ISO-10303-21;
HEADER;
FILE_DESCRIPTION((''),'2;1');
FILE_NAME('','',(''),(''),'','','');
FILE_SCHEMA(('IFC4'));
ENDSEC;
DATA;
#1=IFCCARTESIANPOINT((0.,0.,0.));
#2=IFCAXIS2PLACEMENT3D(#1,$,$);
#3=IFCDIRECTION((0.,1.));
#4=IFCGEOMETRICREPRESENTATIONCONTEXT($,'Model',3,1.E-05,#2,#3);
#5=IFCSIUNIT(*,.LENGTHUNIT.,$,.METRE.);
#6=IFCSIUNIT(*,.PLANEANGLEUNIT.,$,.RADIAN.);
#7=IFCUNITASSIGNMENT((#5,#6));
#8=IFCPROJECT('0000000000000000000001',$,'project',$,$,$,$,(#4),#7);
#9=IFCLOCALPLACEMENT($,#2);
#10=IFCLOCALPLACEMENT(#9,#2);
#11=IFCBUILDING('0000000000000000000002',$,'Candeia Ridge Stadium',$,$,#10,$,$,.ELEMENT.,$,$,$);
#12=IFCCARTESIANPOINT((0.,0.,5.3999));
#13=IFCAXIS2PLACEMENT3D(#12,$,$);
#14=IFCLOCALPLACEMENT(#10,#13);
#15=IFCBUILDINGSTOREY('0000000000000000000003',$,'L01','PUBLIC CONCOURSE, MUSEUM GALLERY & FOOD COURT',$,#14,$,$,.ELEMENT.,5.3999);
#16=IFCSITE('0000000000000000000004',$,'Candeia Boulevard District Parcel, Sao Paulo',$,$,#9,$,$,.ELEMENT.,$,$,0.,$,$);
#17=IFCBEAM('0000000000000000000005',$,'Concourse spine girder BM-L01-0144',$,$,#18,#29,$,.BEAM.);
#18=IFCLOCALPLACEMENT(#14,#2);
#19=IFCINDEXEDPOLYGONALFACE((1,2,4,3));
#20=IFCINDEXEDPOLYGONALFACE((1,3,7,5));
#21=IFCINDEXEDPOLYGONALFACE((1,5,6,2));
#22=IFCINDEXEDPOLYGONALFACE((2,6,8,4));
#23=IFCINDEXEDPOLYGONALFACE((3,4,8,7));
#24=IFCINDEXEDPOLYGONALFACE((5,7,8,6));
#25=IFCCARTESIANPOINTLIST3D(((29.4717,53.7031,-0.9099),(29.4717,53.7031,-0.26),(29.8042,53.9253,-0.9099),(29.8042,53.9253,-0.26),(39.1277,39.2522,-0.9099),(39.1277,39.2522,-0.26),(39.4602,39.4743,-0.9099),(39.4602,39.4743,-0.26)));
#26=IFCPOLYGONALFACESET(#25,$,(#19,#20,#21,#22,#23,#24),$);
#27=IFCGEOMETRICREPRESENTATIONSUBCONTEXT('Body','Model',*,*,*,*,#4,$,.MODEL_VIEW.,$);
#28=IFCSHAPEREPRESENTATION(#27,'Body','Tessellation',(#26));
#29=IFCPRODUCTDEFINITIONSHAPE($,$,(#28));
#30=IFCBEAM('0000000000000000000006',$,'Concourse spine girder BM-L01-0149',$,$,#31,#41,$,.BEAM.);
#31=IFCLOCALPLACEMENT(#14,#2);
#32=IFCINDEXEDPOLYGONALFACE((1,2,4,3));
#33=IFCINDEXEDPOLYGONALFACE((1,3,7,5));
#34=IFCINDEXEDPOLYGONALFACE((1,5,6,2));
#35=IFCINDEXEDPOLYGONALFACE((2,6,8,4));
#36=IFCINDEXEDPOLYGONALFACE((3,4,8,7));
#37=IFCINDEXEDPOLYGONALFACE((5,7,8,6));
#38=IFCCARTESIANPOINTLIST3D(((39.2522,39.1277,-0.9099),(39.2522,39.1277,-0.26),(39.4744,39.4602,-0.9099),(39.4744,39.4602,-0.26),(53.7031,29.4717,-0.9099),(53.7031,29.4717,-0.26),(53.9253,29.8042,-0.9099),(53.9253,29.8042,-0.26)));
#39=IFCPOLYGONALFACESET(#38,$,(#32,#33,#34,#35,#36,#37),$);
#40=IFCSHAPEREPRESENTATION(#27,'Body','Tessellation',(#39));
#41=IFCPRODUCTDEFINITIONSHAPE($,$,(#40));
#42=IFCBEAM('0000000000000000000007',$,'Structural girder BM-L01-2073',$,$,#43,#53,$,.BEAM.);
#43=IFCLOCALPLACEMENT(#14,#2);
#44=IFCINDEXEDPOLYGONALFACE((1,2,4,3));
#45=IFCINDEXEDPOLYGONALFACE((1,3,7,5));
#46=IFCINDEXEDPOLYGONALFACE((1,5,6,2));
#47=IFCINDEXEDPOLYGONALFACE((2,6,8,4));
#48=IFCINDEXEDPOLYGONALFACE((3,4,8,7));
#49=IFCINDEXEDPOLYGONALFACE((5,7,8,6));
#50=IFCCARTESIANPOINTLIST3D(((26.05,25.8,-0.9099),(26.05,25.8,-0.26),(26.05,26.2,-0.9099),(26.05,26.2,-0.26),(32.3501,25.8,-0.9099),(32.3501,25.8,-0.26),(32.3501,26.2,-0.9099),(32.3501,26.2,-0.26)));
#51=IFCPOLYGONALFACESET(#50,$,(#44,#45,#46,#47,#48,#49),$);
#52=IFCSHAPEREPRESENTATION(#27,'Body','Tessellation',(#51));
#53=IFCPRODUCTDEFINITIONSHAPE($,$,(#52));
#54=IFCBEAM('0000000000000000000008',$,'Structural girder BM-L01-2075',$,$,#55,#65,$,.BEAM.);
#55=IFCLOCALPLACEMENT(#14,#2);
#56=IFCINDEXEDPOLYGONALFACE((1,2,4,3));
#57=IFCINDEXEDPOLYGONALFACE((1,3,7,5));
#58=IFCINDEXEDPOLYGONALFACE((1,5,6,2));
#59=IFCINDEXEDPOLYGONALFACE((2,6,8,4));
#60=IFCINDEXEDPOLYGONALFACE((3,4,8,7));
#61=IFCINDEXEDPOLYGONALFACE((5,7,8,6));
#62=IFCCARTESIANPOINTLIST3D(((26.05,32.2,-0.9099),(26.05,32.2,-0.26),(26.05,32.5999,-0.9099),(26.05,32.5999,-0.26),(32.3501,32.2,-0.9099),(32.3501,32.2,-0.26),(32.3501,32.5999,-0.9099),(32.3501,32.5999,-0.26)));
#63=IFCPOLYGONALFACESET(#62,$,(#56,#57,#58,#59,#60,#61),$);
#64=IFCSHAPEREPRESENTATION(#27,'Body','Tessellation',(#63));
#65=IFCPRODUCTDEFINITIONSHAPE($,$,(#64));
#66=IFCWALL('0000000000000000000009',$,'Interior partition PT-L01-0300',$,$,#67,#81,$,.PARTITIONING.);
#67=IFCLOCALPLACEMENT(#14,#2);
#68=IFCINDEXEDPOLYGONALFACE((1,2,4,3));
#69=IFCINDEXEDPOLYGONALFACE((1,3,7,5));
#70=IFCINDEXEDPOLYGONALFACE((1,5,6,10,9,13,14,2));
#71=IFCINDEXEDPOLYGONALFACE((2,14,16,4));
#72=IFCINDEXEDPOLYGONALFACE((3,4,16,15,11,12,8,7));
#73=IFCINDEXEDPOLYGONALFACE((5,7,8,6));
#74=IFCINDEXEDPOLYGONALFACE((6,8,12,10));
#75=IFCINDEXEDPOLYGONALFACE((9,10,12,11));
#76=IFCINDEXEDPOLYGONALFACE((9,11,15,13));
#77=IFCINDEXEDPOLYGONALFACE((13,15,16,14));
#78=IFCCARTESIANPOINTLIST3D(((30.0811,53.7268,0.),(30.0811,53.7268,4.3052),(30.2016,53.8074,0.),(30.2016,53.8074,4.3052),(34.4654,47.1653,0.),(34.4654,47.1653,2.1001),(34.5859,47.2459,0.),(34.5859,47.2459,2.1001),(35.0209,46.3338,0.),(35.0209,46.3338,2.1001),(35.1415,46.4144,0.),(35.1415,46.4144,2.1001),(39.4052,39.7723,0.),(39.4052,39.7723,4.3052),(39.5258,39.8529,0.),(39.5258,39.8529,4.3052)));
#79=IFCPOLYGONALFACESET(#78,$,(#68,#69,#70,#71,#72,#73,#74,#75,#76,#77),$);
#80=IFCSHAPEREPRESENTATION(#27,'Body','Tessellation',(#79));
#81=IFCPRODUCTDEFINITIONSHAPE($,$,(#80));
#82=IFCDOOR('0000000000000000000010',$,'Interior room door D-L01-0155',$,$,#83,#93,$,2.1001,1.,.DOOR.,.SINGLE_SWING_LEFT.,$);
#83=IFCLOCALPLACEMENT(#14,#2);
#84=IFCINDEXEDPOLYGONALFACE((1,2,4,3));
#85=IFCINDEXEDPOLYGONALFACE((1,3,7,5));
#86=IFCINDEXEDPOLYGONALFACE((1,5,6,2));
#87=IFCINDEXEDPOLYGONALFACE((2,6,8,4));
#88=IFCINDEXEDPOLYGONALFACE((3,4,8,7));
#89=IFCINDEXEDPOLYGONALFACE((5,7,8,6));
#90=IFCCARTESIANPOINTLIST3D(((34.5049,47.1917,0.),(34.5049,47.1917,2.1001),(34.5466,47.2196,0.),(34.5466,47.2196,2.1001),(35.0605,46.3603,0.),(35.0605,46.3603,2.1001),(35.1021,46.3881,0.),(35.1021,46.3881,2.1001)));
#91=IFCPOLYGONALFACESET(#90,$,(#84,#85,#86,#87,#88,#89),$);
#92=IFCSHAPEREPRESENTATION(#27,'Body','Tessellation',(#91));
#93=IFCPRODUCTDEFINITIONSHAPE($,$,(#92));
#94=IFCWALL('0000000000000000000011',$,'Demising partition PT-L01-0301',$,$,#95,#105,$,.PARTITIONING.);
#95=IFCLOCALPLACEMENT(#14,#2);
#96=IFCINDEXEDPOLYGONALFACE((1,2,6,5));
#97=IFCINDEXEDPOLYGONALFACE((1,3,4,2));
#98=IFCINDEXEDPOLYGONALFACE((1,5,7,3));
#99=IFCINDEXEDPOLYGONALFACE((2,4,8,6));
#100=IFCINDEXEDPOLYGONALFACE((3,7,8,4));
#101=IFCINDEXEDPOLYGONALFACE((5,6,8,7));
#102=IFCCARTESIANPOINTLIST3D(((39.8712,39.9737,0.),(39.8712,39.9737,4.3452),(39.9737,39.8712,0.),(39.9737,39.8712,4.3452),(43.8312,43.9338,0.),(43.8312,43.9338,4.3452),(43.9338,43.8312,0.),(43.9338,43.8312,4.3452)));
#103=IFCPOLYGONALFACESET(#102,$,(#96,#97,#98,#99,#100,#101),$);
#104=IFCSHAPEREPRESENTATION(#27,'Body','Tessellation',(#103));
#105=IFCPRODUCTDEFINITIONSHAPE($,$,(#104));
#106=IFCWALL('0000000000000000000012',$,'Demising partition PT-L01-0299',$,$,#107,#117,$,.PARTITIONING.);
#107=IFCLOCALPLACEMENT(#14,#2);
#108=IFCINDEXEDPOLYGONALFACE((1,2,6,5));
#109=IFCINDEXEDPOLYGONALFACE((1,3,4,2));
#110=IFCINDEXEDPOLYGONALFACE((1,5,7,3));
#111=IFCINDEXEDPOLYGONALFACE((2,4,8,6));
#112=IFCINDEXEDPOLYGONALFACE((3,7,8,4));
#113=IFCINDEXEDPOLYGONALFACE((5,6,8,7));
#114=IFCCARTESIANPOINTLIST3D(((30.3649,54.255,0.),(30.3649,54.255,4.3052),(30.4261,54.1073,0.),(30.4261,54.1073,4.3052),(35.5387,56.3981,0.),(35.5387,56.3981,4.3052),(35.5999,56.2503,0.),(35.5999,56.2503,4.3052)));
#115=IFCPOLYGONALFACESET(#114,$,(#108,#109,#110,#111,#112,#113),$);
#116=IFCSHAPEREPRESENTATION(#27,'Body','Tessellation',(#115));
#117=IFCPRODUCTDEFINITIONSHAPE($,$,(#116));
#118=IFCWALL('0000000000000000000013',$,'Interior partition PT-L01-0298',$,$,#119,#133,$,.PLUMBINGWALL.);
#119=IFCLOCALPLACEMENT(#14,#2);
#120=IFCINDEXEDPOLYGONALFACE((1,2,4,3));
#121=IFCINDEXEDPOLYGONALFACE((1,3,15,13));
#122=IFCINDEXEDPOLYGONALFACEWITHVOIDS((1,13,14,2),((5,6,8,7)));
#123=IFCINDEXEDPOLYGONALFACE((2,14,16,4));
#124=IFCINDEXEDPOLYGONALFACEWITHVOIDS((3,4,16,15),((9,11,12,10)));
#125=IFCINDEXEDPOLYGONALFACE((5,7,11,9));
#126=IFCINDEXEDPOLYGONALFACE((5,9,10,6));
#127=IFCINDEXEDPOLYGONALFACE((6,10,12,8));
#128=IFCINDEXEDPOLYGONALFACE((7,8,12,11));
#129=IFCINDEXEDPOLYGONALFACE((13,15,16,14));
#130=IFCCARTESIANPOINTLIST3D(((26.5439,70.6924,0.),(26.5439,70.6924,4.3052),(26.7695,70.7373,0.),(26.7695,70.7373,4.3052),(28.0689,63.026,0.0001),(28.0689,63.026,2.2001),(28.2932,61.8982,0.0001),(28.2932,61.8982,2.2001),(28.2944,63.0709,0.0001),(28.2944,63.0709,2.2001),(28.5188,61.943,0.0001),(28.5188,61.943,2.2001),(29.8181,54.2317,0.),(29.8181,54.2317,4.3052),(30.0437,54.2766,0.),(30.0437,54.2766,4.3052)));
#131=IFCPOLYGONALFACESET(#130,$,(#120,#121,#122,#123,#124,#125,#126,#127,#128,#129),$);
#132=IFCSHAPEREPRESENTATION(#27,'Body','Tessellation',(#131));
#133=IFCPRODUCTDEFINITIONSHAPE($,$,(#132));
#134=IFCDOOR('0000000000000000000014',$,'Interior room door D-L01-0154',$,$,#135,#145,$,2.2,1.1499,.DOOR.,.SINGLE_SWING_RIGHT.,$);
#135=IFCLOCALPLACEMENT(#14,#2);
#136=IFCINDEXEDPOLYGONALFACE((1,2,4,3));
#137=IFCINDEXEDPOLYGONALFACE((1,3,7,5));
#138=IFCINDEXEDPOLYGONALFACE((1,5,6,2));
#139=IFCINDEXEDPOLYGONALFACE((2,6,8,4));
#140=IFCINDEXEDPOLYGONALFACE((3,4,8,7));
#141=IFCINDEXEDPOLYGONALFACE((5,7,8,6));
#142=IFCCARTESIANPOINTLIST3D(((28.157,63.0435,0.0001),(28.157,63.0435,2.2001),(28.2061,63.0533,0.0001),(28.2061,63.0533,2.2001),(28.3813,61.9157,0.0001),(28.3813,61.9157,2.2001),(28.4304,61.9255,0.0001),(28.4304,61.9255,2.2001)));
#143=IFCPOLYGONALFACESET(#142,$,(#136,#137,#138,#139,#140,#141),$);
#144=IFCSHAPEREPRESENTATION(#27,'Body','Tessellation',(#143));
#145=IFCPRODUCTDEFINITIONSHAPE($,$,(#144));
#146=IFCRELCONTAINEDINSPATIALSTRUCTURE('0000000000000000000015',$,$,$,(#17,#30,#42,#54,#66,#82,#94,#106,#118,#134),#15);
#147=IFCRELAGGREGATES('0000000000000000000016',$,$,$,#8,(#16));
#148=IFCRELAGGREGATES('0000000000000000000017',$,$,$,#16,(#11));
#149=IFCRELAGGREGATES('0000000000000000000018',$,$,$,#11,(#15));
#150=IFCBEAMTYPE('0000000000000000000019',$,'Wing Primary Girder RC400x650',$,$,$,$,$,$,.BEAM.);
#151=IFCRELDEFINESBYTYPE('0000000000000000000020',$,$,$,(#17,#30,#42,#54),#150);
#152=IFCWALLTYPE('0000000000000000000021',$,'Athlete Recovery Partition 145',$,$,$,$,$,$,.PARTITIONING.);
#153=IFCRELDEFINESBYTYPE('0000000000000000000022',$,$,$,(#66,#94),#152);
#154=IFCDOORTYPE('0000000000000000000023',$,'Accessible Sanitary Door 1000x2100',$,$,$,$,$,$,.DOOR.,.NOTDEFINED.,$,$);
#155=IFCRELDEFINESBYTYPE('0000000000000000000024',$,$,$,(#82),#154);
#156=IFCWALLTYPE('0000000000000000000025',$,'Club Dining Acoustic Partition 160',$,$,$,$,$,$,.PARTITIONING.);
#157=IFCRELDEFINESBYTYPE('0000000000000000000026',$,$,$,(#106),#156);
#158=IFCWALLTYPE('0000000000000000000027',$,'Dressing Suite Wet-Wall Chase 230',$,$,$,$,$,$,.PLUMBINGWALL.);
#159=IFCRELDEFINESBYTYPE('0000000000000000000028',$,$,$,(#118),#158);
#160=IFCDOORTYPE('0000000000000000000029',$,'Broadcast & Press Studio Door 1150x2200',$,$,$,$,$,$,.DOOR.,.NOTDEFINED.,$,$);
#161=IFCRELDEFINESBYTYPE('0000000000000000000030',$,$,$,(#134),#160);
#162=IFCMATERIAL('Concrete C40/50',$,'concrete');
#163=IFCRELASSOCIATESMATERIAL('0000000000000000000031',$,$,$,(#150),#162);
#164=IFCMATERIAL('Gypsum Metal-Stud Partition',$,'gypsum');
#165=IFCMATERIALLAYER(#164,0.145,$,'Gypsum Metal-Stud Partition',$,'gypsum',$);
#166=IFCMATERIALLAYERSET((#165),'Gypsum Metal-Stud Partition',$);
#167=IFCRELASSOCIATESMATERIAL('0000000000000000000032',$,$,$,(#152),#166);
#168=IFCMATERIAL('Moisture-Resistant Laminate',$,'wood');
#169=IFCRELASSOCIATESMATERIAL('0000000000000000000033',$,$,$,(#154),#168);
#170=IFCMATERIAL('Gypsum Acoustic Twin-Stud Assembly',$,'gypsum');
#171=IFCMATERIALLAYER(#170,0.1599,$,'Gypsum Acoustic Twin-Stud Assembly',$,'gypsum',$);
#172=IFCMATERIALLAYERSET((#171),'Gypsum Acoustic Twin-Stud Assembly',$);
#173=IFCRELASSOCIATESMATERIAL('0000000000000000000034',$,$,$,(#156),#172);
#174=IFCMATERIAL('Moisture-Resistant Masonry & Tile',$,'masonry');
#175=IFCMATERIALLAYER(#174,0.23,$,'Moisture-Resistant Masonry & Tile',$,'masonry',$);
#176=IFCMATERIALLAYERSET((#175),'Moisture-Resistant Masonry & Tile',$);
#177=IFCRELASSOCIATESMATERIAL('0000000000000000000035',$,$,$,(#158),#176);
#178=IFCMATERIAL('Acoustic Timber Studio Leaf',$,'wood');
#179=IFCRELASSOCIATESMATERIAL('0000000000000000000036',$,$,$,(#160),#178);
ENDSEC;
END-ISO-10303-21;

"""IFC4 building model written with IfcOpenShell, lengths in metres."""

from ifc_helpers import new_model, si_unit, direction, frame, frame_2d, origin, origin_2d, place, context, subcontext, project, spatial, rectangle, extrude, material, layer, layer_set, material_profile, profile_set, type_object, element, fill, save


model = new_model("IFC4")

# Units and contexts
model_context = context("Model", 3, precision=1e-05, world=origin(), true_north=direction((0.0, 1.0)))
body_context = subcontext(model_context, "Body", "Model", "MODEL_VIEW")
ifc_project = project(units=[si_unit("LENGTHUNIT", "METRE"), si_unit("PLANEANGLEUNIT", "RADIAN")], contexts=[model_context])

# Site, building, storey
site_placement = place(None, origin())
site = spatial("IfcSite", under=ifc_project, at=site_placement, Name="Candeia Boulevard District Parcel, Sao Paulo", CompositionType="ELEMENT", RefElevation=0.0)
building_placement = place(site_placement, origin())
building = spatial("IfcBuilding", under=site, at=building_placement, Name="Candeia Ridge Stadium", CompositionType="ELEMENT")
storey_placement = place(building_placement, frame((0.0, 0.0, 5.3999)))
storey = spatial("IfcBuildingStorey", under=building, at=storey_placement, Name="L01", Description="PUBLIC CONCOURSE, MUSEUM GALLERY & FOOD COURT", CompositionType="ELEMENT", Elevation=5.3999)

# Shared definitions
ifc_material_1 = material(Name="Concrete C40/50", Category="concrete")

# Beams
ifc_material_profile_1 = material_profile(ifc_material_1, rectangle(XDim=0.3999, YDim=0.6499, at=origin_2d()), Name="RC400x650", Category="concrete")
ifc_profile_set_1 = profile_set([ifc_material_profile_1], Name="Concrete C40/50")
beam_type_1 = type_object("IfcBeamType", Name="Wing Primary Girder RC400x650", PredefinedType="BEAM", material=ifc_profile_set_1)
for number, where, z_axis, x_axis, name in (
    (1, (29.6379, 53.8142, -0.585), (0.555578, -0.831464, 0.0), (0.831464, 0.555578, 0.0), "Concourse spine girder BM-L01-0144"),
    (2, (39.3633, 39.2939, -0.585), (0.831464, -0.555578, 0.0), (0.555578, 0.831464, 0.0), "Concourse spine girder BM-L01-0149"),
):
    element("IfcBeam", number, at=place(storey_placement, frame(where, z_axis=z_axis, x_axis=x_axis)), inside=storey, type_object=beam_type_1, Name=name, PredefinedType="BEAM", context=body_context, shape_type="SweptSolid", body=[
        extrude(rectangle(XDim=0.3999, YDim=0.6499, at=origin_2d()), origin(), (0.0, 0.0, 1.0), 17.3801),
    ])
for number, where, z_axis, x_axis, name in (
    (3, (26.05, 26.0, -0.585), (1.0, 0.0, 0.0), (0.0, 1.0, 0.0), "Structural girder BM-L01-2073"),
    (4, (26.05, 32.3999, -0.585), (1.0, 0.0, 0.0), (0.0, 1.0, 0.0), "Structural girder BM-L01-2075"),
):
    element("IfcBeam", number, at=place(storey_placement, frame(where, z_axis=z_axis, x_axis=x_axis)), inside=storey, type_object=beam_type_1, Name=name, PredefinedType="BEAM", context=body_context, shape_type="SweptSolid", body=[
        extrude(rectangle(XDim=0.3999, YDim=0.6499, at=origin_2d()), origin(), (0.0, 0.0, 1.0), 6.3),
    ])

# Wall, opening, door
ifc_material_2 = material(Name="Gypsum Metal-Stud Partition", Category="gypsum")
ifc_layer_1 = layer(ifc_material_2, 0.145, Name="Gypsum Metal-Stud Partition", Category="gypsum")
ifc_layer_set_1 = layer_set([ifc_layer_1], Name="Gypsum Metal-Stud Partition")
wall_type_1 = type_object("IfcWallType", Name="Athlete Recovery Partition 145", PredefinedType="PARTITIONING", material=ifc_layer_set_1)
wall_1_placement = place(storey_placement, frame((39.4656, 39.8125, 0.0), z_axis=(0.0, 0.0, 1.0), x_axis=(-0.555573, 0.831468, 0.0)))
wall_1 = element("IfcWall", 5, at=wall_1_placement, inside=storey, type_object=wall_type_1, Name="Interior partition PT-L01-0300", PredefinedType="PARTITIONING", context=body_context, shape_type="SweptSolid", body=[
    extrude(rectangle(XDim=16.783, YDim=0.145, at=frame_2d((8.3916, 0.0))), origin(), (0.0, 0.0, 1.0), 4.3052),
])
opening_1_placement = place(wall_1_placement, frame((7.8916, 0.0, 0.0)))
opening_1 = element("IfcOpeningElement", 6, at=opening_1_placement, cuts=wall_1, PredefinedType="OPENING", context=body_context, shape_type="SweptSolid", body=[
    extrude(rectangle(XDim=1.0, YDim=2.1001, at=frame_2d((0.5, 1.05))), frame((0.0, 0.0825, 0.0), z_axis=(0.0, -1.0, 0.0), x_axis=(1.0, 0.0, 0.0)), (0.0, 0.0, 1.0), 0.165),
])
ifc_material_3 = material(Name="Moisture-Resistant Laminate", Category="wood")
door_type_1 = type_object("IfcDoorType", Name="Accessible Sanitary Door 1000x2100", OperationType="NOTDEFINED", PredefinedType="DOOR", material=ifc_material_3)
door_1_placement = place(opening_1_placement, origin())
door_1 = element("IfcDoor", 7, at=door_1_placement, inside=storey, type_object=door_type_1, Name="Interior room door D-L01-0155", OperationType="SINGLE_SWING_LEFT", OverallHeight=2.1001, OverallWidth=1.0, PredefinedType="DOOR", context=body_context, shape_type="SweptSolid", body=[
    extrude(rectangle(XDim=1.0, YDim=2.1001, at=frame_2d((0.5, 1.05))), frame((0.0, 0.0249, 0.0), z_axis=(0.0, -1.0, 0.0), x_axis=(1.0, 0.0, 0.0)), (0.0, 0.0, 1.0), 0.05),
])
fill(opening_1, door_1)

# Walls
wall_2_placement = place(storey_placement, frame((43.8826, 43.8826, 0.0), z_axis=(0.0, 0.0, 1.0), x_axis=(-0.707107, -0.707107, 0.0)))
element("IfcWall", 8, at=wall_2_placement, inside=storey, type_object=wall_type_1, Name="Demising partition PT-L01-0301", PredefinedType="PARTITIONING", context=body_context, shape_type="SweptSolid", body=[
    extrude(rectangle(XDim=5.6003, YDim=0.145, at=frame_2d((2.8003, 0.0))), origin(), (0.0, 0.0, 1.0), 4.3452),
])
ifc_material_4 = material(Name="Gypsum Acoustic Twin-Stud Assembly", Category="gypsum")
ifc_layer_2 = layer(ifc_material_4, 0.1599, Name="Gypsum Acoustic Twin-Stud Assembly", Category="gypsum")
ifc_layer_set_2 = layer_set([ifc_layer_2], Name="Gypsum Acoustic Twin-Stud Assembly")
wall_type_2 = type_object("IfcWallType", Name="Club Dining Acoustic Partition 160", PredefinedType="PARTITIONING", material=ifc_layer_set_2)
wall_3_placement = place(storey_placement, frame((35.5693, 56.3242, 0.0), z_axis=(0.0, 0.0, 1.0), x_axis=(-0.92388, -0.382683, 0.0)))
element("IfcWall", 9, at=wall_3_placement, inside=storey, type_object=wall_type_2, Name="Demising partition PT-L01-0299", PredefinedType="PARTITIONING", context=body_context, shape_type="SweptSolid", body=[
    extrude(rectangle(XDim=5.6001, YDim=0.1599, at=frame_2d((2.8, 0.0))), origin(), (0.0, 0.0, 1.0), 4.3052),
])

# Wall, opening, door
ifc_material_5 = material(Name="Moisture-Resistant Masonry & Tile", Category="masonry")
ifc_layer_3 = layer(ifc_material_5, 0.23, Name="Moisture-Resistant Masonry & Tile", Category="masonry")
ifc_layer_set_3 = layer_set([ifc_layer_3], Name="Moisture-Resistant Masonry & Tile")
wall_type_3 = type_object("IfcWallType", Name="Dressing Suite Wet-Wall Chase 230", PredefinedType="PLUMBINGWALL", material=ifc_layer_set_3)
wall_4_placement = place(storey_placement, frame((29.9309, 54.2542, 0.0), z_axis=(0.0, 0.0, 1.0), x_axis=(-0.195087, 0.980786, 0.0)))
wall_4 = element("IfcWall", 10, at=wall_4_placement, inside=storey, type_object=wall_type_3, Name="Interior partition PT-L01-0298", PredefinedType="PLUMBINGWALL", context=body_context, shape_type="SweptSolid", body=[
    extrude(rectangle(XDim=16.7832, YDim=0.23, at=frame_2d((8.3916, 0.0))), origin(), (0.0, 0.0, 1.0), 4.3052),
])
opening_2_placement = place(wall_4_placement, frame((7.8167, 0.0, 0.0)))
opening_2 = element("IfcOpeningElement", 11, at=opening_2_placement, cuts=wall_4, PredefinedType="OPENING", context=body_context, shape_type="SweptSolid", body=[
    extrude(rectangle(XDim=1.1499, YDim=2.2, at=frame_2d((0.575, 1.1001))), frame((0.0, 0.125, 0.0), z_axis=(0.0, -1.0, 0.0), x_axis=(1.0, 0.0, 0.0)), (0.0, 0.0, 1.0), 0.25),
])
ifc_material_6 = material(Name="Acoustic Timber Studio Leaf", Category="wood")
door_type_2 = type_object("IfcDoorType", Name="Broadcast & Press Studio Door 1150x2200", OperationType="NOTDEFINED", PredefinedType="DOOR", material=ifc_material_6)
door_2_placement = place(opening_2_placement, frame((1.1499, 0.0, 0.0), z_axis=(0.0, 0.0, 1.0), x_axis=(-1.0, 0.0, 0.0)))
door_2 = element("IfcDoor", 12, at=door_2_placement, inside=storey, type_object=door_type_2, Name="Interior room door D-L01-0154", OperationType="SINGLE_SWING_RIGHT", OverallHeight=2.2, OverallWidth=1.1499, PredefinedType="DOOR", context=body_context, shape_type="SweptSolid", body=[
    extrude(rectangle(XDim=1.1499, YDim=2.2, at=frame_2d((0.575, 1.1001))), frame((0.0, 0.0249, 0.0), z_axis=(0.0, -1.0, 0.0), x_axis=(1.0, 0.0, 0.0)), (0.0, 0.0, 1.0), 0.05),
])
fill(opening_2, door_2)

save(model, "model.ifc")
